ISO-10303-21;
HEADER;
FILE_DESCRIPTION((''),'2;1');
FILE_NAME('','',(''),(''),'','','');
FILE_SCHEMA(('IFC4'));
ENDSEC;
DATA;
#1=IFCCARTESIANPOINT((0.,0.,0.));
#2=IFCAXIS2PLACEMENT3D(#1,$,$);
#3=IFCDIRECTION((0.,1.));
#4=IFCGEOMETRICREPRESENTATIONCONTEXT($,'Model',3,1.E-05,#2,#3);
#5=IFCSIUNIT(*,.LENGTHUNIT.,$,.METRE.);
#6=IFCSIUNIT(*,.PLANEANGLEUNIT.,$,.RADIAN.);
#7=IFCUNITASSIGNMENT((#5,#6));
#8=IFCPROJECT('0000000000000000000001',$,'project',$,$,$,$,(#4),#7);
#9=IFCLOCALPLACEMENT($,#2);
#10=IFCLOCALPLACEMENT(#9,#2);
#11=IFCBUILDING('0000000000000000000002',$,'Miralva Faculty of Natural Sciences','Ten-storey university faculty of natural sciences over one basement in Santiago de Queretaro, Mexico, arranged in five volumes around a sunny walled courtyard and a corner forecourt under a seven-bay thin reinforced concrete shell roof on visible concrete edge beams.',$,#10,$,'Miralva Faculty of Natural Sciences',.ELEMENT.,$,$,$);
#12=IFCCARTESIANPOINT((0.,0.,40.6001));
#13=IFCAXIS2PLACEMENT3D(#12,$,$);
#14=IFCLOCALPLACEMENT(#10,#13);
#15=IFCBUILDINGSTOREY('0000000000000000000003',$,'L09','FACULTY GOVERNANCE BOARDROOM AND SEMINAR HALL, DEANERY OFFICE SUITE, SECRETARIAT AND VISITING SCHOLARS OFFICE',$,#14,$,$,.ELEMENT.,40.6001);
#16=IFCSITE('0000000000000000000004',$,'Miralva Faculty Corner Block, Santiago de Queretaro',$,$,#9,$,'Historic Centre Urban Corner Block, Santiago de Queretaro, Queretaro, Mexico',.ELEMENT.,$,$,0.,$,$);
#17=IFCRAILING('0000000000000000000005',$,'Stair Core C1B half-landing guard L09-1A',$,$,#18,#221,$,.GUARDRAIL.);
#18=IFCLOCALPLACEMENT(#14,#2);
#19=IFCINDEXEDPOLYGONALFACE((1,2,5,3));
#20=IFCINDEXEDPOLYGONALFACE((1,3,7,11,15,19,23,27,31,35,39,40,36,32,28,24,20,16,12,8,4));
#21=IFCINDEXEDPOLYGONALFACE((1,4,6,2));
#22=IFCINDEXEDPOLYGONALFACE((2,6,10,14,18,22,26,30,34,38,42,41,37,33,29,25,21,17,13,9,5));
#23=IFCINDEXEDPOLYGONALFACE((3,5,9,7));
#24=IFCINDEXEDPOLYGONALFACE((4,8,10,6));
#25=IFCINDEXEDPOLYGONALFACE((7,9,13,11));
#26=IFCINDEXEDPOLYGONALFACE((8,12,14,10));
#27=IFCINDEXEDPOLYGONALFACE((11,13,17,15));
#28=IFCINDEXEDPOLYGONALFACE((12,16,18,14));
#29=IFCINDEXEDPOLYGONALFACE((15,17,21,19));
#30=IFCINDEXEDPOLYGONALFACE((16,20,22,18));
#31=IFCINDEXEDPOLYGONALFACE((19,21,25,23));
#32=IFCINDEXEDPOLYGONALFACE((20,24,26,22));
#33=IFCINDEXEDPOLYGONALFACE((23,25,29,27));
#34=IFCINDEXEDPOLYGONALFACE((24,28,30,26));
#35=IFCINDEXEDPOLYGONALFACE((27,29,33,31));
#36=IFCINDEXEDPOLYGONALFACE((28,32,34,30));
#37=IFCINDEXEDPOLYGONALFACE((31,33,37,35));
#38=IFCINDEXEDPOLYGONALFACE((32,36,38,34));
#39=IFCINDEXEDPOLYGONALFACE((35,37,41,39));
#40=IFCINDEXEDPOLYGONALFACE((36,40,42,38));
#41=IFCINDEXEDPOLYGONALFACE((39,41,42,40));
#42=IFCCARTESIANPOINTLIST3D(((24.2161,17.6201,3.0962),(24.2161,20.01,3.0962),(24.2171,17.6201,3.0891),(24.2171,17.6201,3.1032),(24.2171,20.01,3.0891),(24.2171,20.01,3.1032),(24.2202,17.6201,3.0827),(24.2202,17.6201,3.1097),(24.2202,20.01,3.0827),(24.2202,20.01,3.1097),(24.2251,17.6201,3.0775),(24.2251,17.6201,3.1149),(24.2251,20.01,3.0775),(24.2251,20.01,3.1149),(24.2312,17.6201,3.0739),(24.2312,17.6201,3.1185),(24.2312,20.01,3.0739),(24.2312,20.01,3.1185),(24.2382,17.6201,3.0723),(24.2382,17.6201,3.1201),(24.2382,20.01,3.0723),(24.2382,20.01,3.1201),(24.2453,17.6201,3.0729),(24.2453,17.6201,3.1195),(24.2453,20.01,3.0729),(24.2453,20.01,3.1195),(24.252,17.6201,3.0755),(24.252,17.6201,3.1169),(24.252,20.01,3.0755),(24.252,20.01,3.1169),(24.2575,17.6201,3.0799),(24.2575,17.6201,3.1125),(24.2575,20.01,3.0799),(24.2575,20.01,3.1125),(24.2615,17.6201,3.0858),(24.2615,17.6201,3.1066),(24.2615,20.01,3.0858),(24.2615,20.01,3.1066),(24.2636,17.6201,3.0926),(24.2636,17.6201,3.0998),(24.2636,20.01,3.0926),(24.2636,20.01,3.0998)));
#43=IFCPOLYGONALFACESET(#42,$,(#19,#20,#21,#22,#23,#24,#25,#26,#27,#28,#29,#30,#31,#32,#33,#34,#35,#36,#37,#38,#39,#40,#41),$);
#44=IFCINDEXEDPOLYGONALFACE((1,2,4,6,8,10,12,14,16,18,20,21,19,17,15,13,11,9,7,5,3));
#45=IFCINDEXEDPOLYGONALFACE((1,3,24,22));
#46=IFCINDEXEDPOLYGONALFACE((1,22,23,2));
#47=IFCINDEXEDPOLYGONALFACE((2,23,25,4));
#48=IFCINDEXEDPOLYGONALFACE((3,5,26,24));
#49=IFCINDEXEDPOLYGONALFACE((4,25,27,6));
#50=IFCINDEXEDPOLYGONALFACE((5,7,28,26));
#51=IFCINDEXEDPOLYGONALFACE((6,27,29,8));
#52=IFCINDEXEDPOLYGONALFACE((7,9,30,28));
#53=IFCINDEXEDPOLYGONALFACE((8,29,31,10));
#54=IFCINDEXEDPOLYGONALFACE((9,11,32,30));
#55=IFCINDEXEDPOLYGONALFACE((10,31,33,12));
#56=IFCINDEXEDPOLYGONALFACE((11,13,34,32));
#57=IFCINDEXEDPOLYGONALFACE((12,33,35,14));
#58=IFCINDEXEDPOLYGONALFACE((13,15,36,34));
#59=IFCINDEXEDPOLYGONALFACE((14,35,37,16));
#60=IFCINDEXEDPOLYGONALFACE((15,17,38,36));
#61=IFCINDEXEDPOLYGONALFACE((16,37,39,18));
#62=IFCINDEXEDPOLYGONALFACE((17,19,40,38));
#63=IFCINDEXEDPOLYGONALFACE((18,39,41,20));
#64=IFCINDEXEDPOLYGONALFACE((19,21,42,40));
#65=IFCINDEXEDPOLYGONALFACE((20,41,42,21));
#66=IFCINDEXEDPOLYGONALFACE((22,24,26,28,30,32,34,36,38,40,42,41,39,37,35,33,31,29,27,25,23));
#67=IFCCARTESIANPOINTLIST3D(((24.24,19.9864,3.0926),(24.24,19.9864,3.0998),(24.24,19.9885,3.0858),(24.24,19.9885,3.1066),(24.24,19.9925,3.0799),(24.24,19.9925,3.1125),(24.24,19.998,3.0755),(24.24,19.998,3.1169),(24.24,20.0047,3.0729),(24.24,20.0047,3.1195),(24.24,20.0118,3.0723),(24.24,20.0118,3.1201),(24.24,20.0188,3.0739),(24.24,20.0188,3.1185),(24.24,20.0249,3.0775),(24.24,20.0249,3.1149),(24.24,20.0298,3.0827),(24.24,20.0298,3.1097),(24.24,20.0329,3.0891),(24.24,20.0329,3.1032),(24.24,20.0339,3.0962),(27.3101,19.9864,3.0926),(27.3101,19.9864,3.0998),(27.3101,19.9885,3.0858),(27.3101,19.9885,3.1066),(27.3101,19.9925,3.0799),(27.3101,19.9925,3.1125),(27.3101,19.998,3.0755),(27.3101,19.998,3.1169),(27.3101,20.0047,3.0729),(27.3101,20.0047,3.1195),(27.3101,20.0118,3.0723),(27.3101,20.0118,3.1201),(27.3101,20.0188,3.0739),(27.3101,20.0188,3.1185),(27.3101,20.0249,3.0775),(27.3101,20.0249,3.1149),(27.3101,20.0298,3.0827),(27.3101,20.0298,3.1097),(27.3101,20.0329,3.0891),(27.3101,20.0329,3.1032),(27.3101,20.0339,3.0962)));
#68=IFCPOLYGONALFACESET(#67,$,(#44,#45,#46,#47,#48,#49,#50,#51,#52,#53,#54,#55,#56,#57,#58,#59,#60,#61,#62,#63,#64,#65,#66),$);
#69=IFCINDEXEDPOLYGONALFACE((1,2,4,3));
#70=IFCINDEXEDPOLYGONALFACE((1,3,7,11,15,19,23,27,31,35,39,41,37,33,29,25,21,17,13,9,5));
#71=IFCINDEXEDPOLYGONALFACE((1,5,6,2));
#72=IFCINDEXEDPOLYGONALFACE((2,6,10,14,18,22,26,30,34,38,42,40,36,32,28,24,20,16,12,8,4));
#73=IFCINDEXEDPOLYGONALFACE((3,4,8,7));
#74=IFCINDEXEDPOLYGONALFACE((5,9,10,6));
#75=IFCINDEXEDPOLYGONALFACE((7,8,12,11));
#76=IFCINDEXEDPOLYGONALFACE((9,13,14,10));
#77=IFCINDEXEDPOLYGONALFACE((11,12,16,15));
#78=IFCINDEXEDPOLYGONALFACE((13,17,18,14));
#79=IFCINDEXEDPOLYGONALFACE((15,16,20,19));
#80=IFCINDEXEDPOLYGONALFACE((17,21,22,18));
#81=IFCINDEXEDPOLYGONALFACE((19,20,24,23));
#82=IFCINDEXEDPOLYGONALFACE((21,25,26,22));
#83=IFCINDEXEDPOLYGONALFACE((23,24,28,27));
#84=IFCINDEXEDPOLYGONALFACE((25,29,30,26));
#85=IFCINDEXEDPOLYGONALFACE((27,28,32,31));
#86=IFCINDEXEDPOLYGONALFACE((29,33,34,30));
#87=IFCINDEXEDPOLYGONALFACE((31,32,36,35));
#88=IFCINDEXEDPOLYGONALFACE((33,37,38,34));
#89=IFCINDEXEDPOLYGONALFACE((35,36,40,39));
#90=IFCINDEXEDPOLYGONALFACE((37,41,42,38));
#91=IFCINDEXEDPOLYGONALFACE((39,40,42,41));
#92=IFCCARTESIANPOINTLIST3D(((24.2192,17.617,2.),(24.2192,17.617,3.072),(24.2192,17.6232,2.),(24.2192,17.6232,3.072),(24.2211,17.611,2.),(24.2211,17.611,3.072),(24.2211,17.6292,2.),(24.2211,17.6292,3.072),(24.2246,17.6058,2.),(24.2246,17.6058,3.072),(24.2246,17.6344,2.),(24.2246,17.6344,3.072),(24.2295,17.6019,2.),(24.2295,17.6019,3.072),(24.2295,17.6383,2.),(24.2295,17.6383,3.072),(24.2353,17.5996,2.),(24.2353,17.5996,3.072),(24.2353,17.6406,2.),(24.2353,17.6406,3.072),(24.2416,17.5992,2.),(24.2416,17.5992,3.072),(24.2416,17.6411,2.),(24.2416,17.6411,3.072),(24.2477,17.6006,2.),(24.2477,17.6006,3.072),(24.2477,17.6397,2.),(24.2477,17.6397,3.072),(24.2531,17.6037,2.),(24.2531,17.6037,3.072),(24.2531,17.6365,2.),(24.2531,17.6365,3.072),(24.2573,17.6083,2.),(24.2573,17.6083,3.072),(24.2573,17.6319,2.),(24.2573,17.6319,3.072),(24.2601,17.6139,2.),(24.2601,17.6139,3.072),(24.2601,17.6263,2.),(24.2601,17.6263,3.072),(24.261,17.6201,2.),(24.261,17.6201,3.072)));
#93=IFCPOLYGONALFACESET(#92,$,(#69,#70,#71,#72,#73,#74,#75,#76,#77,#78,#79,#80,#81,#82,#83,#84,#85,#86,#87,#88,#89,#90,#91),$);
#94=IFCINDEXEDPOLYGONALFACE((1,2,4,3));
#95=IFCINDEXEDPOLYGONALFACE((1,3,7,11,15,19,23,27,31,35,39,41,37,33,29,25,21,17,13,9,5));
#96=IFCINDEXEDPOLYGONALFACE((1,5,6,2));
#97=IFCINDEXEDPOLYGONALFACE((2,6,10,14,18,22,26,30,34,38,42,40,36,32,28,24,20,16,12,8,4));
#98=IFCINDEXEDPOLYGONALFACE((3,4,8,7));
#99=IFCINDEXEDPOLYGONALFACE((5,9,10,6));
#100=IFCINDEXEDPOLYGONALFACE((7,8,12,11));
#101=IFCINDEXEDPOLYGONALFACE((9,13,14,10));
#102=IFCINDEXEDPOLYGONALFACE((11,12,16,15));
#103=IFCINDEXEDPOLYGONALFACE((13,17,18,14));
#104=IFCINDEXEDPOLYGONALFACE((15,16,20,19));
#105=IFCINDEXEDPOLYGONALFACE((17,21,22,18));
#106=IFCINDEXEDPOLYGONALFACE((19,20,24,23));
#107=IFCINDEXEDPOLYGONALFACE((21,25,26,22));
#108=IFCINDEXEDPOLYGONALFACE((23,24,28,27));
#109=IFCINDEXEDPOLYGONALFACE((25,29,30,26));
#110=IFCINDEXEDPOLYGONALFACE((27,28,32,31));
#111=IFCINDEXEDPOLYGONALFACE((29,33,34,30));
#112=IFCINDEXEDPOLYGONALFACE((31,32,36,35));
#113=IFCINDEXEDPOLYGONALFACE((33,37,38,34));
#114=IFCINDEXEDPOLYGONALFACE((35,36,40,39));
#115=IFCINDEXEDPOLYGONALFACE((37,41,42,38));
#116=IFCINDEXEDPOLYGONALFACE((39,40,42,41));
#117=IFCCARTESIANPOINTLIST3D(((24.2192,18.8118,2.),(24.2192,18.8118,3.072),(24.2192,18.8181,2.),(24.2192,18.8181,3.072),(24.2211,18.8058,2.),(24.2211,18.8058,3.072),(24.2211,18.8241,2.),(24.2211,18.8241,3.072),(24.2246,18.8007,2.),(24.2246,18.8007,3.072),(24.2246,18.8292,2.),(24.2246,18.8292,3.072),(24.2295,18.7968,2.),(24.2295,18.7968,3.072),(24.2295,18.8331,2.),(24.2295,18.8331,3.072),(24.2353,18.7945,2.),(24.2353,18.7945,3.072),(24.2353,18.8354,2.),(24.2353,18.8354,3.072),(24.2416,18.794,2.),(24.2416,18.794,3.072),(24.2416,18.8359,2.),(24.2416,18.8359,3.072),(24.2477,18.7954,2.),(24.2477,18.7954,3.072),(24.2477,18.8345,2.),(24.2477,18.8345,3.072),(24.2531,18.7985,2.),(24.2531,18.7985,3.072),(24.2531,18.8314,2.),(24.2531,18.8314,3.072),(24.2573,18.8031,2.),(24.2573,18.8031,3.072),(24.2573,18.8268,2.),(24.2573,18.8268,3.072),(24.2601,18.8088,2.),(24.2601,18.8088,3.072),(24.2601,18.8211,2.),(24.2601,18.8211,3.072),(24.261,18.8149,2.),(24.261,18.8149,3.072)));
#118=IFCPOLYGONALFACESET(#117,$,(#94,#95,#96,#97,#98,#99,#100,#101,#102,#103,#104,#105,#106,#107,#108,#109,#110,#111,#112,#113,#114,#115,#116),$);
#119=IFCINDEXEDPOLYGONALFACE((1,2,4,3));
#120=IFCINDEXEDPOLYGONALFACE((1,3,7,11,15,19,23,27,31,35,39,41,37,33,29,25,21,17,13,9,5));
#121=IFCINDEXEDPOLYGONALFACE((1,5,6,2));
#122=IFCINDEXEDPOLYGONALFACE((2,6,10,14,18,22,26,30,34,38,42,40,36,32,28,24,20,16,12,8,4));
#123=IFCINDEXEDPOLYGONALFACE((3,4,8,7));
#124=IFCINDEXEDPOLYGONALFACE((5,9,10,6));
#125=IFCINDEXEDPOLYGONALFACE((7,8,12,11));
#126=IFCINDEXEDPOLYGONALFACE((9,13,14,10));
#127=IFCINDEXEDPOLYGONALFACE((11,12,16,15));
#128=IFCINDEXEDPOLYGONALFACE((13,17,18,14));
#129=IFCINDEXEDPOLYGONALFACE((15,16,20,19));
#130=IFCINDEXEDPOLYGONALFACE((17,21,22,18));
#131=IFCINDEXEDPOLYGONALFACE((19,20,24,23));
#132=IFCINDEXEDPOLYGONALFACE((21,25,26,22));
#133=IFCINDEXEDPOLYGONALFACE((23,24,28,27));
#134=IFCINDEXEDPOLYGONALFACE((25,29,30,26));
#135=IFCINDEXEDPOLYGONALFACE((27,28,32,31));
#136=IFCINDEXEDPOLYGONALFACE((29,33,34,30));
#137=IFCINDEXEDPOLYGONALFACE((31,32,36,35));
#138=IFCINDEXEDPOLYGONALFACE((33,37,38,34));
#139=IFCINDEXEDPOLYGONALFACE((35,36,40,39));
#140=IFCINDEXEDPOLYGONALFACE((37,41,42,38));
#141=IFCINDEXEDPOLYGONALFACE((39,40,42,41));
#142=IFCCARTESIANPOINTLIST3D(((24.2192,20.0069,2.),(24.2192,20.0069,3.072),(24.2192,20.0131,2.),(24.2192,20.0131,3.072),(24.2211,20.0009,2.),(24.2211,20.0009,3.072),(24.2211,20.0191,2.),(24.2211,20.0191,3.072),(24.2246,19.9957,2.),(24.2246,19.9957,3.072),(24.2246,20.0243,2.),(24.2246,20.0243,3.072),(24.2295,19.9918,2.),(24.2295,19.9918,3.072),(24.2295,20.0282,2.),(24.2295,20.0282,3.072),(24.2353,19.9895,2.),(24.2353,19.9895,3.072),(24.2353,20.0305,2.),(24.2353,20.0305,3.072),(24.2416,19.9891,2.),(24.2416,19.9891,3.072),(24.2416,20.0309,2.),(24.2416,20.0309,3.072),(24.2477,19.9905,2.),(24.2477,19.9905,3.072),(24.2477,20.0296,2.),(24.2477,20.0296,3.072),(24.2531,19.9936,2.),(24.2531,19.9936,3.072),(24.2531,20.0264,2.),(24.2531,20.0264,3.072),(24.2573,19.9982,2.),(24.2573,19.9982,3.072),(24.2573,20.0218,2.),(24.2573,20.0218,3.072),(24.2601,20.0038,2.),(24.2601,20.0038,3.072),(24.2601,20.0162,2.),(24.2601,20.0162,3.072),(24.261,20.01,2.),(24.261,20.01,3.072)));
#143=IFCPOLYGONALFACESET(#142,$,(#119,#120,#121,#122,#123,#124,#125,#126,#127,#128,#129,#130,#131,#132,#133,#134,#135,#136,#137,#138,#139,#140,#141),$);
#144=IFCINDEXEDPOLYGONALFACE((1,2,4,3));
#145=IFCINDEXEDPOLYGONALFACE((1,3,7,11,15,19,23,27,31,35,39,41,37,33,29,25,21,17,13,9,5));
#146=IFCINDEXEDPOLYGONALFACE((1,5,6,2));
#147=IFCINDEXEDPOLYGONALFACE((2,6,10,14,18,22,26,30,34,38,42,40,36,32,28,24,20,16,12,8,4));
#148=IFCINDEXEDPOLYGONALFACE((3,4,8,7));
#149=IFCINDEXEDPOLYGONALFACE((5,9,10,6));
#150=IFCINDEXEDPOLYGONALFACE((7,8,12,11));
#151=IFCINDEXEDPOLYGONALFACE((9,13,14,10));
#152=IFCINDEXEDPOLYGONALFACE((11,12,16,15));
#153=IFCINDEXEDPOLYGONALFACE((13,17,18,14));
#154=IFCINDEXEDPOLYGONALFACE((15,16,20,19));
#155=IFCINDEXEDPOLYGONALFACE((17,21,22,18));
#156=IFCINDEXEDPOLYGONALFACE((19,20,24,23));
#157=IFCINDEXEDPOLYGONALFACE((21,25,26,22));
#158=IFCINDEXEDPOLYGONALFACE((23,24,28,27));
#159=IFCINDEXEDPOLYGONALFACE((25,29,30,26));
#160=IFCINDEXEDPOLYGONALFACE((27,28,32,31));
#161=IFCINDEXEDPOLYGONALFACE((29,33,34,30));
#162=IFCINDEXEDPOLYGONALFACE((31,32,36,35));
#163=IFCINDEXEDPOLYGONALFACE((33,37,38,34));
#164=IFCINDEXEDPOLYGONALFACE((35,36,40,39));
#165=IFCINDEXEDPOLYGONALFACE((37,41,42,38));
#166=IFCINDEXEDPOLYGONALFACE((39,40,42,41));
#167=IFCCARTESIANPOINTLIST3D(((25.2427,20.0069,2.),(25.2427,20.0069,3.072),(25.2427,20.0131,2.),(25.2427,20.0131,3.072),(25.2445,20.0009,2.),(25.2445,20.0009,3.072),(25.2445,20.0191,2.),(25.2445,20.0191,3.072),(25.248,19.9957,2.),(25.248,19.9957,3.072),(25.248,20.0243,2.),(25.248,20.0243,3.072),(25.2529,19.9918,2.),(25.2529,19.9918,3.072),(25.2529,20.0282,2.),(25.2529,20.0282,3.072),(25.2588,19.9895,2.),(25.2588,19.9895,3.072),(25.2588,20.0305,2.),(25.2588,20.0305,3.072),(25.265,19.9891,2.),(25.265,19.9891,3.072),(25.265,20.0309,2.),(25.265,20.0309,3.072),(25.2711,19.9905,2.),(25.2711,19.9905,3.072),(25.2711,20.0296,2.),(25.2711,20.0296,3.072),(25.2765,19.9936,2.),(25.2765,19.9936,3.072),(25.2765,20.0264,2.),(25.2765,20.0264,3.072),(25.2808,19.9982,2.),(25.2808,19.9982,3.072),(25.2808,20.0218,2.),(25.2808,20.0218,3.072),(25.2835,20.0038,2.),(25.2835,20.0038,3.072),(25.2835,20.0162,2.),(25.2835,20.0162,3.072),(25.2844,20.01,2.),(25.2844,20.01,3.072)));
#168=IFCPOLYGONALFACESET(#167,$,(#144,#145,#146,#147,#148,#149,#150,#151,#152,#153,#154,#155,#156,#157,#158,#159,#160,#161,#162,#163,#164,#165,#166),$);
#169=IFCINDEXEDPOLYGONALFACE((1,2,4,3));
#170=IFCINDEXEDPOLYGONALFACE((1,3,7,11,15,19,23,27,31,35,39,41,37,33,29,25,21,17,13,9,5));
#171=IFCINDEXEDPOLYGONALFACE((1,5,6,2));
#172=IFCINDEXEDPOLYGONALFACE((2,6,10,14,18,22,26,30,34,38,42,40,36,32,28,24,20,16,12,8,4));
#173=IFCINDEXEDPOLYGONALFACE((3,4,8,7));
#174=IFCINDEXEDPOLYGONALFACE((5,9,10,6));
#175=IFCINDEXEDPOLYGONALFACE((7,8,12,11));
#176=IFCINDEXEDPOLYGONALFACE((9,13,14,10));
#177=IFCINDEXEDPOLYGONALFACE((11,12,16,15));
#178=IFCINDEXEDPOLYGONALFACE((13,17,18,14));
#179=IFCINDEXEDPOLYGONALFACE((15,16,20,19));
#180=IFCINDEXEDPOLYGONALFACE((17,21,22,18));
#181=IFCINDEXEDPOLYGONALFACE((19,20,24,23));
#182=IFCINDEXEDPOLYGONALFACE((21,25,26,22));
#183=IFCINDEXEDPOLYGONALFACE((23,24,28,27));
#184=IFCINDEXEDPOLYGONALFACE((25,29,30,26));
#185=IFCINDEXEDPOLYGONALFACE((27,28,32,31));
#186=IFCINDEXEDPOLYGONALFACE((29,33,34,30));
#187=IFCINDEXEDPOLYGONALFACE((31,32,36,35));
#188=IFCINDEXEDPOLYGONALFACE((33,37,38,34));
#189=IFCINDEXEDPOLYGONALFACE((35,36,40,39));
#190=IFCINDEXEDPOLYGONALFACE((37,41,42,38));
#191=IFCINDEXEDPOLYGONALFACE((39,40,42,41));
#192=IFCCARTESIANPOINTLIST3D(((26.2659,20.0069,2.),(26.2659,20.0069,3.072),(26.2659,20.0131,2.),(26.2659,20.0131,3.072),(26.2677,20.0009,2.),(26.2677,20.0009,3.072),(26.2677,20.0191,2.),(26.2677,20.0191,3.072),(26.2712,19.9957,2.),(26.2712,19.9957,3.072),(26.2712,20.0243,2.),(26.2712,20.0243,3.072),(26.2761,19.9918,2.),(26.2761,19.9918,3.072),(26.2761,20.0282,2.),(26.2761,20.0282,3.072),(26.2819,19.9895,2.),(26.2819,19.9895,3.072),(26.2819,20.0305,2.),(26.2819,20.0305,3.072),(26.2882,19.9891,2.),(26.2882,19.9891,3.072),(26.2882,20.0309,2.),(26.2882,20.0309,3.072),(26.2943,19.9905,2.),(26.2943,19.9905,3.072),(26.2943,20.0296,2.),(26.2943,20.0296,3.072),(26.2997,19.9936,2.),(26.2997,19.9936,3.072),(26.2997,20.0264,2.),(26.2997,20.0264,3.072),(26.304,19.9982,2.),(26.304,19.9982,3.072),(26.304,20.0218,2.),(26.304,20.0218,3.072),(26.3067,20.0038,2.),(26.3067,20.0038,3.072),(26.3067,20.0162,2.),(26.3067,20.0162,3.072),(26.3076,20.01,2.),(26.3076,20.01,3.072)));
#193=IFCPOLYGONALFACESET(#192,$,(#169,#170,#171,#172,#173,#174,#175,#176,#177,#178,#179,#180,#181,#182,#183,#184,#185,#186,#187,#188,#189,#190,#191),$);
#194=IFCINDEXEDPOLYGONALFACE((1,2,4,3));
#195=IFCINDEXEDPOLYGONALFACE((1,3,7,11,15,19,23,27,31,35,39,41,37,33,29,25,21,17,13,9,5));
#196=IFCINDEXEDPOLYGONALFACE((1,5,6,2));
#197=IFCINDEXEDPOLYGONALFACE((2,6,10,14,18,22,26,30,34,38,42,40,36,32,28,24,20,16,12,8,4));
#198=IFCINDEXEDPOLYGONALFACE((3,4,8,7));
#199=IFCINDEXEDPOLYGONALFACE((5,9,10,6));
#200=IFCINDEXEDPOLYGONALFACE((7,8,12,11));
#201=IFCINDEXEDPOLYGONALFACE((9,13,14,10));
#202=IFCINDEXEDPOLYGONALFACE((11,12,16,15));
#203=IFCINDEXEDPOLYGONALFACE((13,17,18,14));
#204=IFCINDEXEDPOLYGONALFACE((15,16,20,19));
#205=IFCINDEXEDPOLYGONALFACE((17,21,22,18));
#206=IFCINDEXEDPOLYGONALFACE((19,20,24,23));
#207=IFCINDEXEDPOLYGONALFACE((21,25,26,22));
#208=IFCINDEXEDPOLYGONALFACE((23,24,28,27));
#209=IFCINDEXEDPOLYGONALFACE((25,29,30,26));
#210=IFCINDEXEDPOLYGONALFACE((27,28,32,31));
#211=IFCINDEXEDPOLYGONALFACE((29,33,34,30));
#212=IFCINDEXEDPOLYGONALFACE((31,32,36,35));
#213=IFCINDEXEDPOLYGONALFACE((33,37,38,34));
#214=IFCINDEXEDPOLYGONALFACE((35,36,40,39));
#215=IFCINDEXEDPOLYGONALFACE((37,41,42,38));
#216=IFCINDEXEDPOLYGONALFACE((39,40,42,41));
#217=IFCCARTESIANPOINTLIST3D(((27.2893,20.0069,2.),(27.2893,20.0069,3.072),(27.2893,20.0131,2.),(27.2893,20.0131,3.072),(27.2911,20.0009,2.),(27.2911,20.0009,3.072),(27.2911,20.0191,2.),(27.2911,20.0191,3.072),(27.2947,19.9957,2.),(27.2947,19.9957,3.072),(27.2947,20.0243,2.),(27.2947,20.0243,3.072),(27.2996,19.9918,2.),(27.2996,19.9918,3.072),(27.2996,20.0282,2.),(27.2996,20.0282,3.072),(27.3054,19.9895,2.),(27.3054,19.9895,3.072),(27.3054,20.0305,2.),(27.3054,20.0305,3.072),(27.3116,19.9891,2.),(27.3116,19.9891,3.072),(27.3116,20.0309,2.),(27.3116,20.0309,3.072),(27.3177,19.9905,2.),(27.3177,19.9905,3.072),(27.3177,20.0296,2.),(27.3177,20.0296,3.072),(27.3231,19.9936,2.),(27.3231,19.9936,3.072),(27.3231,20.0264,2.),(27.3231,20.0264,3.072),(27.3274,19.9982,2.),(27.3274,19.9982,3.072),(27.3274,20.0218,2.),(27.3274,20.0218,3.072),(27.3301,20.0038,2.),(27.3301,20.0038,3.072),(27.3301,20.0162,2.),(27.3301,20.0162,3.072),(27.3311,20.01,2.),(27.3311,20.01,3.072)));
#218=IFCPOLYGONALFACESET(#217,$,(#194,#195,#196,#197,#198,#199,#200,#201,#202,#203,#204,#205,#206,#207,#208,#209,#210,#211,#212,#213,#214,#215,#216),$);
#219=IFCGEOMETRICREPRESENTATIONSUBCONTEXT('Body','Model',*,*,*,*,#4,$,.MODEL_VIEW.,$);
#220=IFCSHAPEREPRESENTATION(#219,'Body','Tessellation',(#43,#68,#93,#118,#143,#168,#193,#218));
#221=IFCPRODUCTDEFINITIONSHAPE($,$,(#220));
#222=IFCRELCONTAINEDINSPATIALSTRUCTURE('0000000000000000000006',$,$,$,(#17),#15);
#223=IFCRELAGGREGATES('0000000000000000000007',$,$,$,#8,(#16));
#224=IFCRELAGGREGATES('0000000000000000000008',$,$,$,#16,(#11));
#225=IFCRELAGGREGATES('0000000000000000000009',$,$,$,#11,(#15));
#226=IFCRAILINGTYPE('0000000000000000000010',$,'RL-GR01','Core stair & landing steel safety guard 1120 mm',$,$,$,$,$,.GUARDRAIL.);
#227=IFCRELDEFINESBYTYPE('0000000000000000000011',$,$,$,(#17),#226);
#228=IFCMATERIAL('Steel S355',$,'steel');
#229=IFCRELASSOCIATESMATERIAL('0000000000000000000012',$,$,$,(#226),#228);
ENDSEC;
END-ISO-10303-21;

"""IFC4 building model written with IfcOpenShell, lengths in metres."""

from ifc_helpers import new_model, si_unit, direction, frame, origin, origin_2d, place, context, subcontext, project, spatial, circle, extrude, material, type_object, element, save


model = new_model("IFC4")

# Units and contexts
model_context = context("Model", 3, precision=1e-05, world=origin(), true_north=direction((0.0, 1.0)))
body_context = subcontext(model_context, "Body", "Model", "MODEL_VIEW")
ifc_project = project(units=[si_unit("LENGTHUNIT", "METRE"), si_unit("PLANEANGLEUNIT", "RADIAN")], contexts=[model_context])

# Site, building, storey
site_placement = place(None, origin())
site = spatial("IfcSite", under=ifc_project, at=site_placement, Name="Miralva Faculty Corner Block, Santiago de Queretaro", LongName="Historic Centre Urban Corner Block, Santiago de Queretaro, Queretaro, Mexico", CompositionType="ELEMENT", RefElevation=0.0)
building_placement = place(site_placement, origin())
building = spatial("IfcBuilding", under=site, at=building_placement, Name="Miralva Faculty of Natural Sciences", Description="Ten-storey university faculty of natural sciences over one basement in Santiago de Queretaro, Mexico, arranged in five volumes around a sunny walled courtyard and a corner forecourt under a seven-bay thin reinforced concrete shell roof on visible concrete edge beams.", LongName="Miralva Faculty of Natural Sciences", CompositionType="ELEMENT")
storey_placement = place(building_placement, frame((0.0, 0.0, 40.6001)))
storey = spatial("IfcBuildingStorey", under=building, at=storey_placement, Name="L09", Description="FACULTY GOVERNANCE BOARDROOM AND SEMINAR HALL, DEANERY OFFICE SUITE, SECRETARIAT AND VISITING SCHOLARS OFFICE", CompositionType="ELEMENT", Elevation=40.6001)

# Railing
ifc_material_1 = material(Name="Steel S355", Category="steel")
railing_type_1 = type_object("IfcRailingType", Name="RL-GR01", Description="Core stair & landing steel safety guard 1120 mm", PredefinedType="GUARDRAIL", material=ifc_material_1)
railing_1_placement = place(storey_placement, frame((24.24, 17.6201, 2.0)))
element("IfcRailing", 1, at=railing_1_placement, inside=storey, type_object=railing_type_1, Name="Stair Core C1B half-landing guard L09-1A", PredefinedType="GUARDRAIL", context=body_context, shape_type="SweptSolid", body=[
    extrude(circle(Radius=0.0239, at=origin_2d()), frame((0.0, 0.0, 1.0962), z_axis=(0.0, 1.0, 0.0), x_axis=(-1.0, 0.0, 0.0)), (0.0, 0.0, 1.0), 2.3899),
    extrude(circle(Radius=0.0239, at=origin_2d()), frame((0.0, 2.3899, 1.0962), z_axis=(1.0, 0.0, 0.0), x_axis=(0.0, 1.0, 0.0)), (0.0, 0.0, 1.0), 3.0701),
    extrude(circle(Radius=0.021, at=origin_2d()), origin(), (0.0, 0.0, 1.0), 1.072),
    extrude(circle(Radius=0.021, at=origin_2d()), frame((0.0, 1.1948, 0.0)), (0.0, 0.0, 1.0), 1.072),
    extrude(circle(Radius=0.021, at=origin_2d()), frame((0.0, 2.3899, 0.0)), (0.0, 0.0, 1.0), 1.072),
    extrude(circle(Radius=0.021, at=origin_2d()), frame((1.0234, 2.3899, 0.0)), (0.0, 0.0, 1.0), 1.072),
    extrude(circle(Radius=0.021, at=origin_2d()), frame((2.0466, 2.3899, 0.0)), (0.0, 0.0, 1.0), 1.072),
    extrude(circle(Radius=0.021, at=origin_2d()), frame((3.0701, 2.3899, 0.0)), (0.0, 0.0, 1.0), 1.072),
])

save(model, "model.ifc")
